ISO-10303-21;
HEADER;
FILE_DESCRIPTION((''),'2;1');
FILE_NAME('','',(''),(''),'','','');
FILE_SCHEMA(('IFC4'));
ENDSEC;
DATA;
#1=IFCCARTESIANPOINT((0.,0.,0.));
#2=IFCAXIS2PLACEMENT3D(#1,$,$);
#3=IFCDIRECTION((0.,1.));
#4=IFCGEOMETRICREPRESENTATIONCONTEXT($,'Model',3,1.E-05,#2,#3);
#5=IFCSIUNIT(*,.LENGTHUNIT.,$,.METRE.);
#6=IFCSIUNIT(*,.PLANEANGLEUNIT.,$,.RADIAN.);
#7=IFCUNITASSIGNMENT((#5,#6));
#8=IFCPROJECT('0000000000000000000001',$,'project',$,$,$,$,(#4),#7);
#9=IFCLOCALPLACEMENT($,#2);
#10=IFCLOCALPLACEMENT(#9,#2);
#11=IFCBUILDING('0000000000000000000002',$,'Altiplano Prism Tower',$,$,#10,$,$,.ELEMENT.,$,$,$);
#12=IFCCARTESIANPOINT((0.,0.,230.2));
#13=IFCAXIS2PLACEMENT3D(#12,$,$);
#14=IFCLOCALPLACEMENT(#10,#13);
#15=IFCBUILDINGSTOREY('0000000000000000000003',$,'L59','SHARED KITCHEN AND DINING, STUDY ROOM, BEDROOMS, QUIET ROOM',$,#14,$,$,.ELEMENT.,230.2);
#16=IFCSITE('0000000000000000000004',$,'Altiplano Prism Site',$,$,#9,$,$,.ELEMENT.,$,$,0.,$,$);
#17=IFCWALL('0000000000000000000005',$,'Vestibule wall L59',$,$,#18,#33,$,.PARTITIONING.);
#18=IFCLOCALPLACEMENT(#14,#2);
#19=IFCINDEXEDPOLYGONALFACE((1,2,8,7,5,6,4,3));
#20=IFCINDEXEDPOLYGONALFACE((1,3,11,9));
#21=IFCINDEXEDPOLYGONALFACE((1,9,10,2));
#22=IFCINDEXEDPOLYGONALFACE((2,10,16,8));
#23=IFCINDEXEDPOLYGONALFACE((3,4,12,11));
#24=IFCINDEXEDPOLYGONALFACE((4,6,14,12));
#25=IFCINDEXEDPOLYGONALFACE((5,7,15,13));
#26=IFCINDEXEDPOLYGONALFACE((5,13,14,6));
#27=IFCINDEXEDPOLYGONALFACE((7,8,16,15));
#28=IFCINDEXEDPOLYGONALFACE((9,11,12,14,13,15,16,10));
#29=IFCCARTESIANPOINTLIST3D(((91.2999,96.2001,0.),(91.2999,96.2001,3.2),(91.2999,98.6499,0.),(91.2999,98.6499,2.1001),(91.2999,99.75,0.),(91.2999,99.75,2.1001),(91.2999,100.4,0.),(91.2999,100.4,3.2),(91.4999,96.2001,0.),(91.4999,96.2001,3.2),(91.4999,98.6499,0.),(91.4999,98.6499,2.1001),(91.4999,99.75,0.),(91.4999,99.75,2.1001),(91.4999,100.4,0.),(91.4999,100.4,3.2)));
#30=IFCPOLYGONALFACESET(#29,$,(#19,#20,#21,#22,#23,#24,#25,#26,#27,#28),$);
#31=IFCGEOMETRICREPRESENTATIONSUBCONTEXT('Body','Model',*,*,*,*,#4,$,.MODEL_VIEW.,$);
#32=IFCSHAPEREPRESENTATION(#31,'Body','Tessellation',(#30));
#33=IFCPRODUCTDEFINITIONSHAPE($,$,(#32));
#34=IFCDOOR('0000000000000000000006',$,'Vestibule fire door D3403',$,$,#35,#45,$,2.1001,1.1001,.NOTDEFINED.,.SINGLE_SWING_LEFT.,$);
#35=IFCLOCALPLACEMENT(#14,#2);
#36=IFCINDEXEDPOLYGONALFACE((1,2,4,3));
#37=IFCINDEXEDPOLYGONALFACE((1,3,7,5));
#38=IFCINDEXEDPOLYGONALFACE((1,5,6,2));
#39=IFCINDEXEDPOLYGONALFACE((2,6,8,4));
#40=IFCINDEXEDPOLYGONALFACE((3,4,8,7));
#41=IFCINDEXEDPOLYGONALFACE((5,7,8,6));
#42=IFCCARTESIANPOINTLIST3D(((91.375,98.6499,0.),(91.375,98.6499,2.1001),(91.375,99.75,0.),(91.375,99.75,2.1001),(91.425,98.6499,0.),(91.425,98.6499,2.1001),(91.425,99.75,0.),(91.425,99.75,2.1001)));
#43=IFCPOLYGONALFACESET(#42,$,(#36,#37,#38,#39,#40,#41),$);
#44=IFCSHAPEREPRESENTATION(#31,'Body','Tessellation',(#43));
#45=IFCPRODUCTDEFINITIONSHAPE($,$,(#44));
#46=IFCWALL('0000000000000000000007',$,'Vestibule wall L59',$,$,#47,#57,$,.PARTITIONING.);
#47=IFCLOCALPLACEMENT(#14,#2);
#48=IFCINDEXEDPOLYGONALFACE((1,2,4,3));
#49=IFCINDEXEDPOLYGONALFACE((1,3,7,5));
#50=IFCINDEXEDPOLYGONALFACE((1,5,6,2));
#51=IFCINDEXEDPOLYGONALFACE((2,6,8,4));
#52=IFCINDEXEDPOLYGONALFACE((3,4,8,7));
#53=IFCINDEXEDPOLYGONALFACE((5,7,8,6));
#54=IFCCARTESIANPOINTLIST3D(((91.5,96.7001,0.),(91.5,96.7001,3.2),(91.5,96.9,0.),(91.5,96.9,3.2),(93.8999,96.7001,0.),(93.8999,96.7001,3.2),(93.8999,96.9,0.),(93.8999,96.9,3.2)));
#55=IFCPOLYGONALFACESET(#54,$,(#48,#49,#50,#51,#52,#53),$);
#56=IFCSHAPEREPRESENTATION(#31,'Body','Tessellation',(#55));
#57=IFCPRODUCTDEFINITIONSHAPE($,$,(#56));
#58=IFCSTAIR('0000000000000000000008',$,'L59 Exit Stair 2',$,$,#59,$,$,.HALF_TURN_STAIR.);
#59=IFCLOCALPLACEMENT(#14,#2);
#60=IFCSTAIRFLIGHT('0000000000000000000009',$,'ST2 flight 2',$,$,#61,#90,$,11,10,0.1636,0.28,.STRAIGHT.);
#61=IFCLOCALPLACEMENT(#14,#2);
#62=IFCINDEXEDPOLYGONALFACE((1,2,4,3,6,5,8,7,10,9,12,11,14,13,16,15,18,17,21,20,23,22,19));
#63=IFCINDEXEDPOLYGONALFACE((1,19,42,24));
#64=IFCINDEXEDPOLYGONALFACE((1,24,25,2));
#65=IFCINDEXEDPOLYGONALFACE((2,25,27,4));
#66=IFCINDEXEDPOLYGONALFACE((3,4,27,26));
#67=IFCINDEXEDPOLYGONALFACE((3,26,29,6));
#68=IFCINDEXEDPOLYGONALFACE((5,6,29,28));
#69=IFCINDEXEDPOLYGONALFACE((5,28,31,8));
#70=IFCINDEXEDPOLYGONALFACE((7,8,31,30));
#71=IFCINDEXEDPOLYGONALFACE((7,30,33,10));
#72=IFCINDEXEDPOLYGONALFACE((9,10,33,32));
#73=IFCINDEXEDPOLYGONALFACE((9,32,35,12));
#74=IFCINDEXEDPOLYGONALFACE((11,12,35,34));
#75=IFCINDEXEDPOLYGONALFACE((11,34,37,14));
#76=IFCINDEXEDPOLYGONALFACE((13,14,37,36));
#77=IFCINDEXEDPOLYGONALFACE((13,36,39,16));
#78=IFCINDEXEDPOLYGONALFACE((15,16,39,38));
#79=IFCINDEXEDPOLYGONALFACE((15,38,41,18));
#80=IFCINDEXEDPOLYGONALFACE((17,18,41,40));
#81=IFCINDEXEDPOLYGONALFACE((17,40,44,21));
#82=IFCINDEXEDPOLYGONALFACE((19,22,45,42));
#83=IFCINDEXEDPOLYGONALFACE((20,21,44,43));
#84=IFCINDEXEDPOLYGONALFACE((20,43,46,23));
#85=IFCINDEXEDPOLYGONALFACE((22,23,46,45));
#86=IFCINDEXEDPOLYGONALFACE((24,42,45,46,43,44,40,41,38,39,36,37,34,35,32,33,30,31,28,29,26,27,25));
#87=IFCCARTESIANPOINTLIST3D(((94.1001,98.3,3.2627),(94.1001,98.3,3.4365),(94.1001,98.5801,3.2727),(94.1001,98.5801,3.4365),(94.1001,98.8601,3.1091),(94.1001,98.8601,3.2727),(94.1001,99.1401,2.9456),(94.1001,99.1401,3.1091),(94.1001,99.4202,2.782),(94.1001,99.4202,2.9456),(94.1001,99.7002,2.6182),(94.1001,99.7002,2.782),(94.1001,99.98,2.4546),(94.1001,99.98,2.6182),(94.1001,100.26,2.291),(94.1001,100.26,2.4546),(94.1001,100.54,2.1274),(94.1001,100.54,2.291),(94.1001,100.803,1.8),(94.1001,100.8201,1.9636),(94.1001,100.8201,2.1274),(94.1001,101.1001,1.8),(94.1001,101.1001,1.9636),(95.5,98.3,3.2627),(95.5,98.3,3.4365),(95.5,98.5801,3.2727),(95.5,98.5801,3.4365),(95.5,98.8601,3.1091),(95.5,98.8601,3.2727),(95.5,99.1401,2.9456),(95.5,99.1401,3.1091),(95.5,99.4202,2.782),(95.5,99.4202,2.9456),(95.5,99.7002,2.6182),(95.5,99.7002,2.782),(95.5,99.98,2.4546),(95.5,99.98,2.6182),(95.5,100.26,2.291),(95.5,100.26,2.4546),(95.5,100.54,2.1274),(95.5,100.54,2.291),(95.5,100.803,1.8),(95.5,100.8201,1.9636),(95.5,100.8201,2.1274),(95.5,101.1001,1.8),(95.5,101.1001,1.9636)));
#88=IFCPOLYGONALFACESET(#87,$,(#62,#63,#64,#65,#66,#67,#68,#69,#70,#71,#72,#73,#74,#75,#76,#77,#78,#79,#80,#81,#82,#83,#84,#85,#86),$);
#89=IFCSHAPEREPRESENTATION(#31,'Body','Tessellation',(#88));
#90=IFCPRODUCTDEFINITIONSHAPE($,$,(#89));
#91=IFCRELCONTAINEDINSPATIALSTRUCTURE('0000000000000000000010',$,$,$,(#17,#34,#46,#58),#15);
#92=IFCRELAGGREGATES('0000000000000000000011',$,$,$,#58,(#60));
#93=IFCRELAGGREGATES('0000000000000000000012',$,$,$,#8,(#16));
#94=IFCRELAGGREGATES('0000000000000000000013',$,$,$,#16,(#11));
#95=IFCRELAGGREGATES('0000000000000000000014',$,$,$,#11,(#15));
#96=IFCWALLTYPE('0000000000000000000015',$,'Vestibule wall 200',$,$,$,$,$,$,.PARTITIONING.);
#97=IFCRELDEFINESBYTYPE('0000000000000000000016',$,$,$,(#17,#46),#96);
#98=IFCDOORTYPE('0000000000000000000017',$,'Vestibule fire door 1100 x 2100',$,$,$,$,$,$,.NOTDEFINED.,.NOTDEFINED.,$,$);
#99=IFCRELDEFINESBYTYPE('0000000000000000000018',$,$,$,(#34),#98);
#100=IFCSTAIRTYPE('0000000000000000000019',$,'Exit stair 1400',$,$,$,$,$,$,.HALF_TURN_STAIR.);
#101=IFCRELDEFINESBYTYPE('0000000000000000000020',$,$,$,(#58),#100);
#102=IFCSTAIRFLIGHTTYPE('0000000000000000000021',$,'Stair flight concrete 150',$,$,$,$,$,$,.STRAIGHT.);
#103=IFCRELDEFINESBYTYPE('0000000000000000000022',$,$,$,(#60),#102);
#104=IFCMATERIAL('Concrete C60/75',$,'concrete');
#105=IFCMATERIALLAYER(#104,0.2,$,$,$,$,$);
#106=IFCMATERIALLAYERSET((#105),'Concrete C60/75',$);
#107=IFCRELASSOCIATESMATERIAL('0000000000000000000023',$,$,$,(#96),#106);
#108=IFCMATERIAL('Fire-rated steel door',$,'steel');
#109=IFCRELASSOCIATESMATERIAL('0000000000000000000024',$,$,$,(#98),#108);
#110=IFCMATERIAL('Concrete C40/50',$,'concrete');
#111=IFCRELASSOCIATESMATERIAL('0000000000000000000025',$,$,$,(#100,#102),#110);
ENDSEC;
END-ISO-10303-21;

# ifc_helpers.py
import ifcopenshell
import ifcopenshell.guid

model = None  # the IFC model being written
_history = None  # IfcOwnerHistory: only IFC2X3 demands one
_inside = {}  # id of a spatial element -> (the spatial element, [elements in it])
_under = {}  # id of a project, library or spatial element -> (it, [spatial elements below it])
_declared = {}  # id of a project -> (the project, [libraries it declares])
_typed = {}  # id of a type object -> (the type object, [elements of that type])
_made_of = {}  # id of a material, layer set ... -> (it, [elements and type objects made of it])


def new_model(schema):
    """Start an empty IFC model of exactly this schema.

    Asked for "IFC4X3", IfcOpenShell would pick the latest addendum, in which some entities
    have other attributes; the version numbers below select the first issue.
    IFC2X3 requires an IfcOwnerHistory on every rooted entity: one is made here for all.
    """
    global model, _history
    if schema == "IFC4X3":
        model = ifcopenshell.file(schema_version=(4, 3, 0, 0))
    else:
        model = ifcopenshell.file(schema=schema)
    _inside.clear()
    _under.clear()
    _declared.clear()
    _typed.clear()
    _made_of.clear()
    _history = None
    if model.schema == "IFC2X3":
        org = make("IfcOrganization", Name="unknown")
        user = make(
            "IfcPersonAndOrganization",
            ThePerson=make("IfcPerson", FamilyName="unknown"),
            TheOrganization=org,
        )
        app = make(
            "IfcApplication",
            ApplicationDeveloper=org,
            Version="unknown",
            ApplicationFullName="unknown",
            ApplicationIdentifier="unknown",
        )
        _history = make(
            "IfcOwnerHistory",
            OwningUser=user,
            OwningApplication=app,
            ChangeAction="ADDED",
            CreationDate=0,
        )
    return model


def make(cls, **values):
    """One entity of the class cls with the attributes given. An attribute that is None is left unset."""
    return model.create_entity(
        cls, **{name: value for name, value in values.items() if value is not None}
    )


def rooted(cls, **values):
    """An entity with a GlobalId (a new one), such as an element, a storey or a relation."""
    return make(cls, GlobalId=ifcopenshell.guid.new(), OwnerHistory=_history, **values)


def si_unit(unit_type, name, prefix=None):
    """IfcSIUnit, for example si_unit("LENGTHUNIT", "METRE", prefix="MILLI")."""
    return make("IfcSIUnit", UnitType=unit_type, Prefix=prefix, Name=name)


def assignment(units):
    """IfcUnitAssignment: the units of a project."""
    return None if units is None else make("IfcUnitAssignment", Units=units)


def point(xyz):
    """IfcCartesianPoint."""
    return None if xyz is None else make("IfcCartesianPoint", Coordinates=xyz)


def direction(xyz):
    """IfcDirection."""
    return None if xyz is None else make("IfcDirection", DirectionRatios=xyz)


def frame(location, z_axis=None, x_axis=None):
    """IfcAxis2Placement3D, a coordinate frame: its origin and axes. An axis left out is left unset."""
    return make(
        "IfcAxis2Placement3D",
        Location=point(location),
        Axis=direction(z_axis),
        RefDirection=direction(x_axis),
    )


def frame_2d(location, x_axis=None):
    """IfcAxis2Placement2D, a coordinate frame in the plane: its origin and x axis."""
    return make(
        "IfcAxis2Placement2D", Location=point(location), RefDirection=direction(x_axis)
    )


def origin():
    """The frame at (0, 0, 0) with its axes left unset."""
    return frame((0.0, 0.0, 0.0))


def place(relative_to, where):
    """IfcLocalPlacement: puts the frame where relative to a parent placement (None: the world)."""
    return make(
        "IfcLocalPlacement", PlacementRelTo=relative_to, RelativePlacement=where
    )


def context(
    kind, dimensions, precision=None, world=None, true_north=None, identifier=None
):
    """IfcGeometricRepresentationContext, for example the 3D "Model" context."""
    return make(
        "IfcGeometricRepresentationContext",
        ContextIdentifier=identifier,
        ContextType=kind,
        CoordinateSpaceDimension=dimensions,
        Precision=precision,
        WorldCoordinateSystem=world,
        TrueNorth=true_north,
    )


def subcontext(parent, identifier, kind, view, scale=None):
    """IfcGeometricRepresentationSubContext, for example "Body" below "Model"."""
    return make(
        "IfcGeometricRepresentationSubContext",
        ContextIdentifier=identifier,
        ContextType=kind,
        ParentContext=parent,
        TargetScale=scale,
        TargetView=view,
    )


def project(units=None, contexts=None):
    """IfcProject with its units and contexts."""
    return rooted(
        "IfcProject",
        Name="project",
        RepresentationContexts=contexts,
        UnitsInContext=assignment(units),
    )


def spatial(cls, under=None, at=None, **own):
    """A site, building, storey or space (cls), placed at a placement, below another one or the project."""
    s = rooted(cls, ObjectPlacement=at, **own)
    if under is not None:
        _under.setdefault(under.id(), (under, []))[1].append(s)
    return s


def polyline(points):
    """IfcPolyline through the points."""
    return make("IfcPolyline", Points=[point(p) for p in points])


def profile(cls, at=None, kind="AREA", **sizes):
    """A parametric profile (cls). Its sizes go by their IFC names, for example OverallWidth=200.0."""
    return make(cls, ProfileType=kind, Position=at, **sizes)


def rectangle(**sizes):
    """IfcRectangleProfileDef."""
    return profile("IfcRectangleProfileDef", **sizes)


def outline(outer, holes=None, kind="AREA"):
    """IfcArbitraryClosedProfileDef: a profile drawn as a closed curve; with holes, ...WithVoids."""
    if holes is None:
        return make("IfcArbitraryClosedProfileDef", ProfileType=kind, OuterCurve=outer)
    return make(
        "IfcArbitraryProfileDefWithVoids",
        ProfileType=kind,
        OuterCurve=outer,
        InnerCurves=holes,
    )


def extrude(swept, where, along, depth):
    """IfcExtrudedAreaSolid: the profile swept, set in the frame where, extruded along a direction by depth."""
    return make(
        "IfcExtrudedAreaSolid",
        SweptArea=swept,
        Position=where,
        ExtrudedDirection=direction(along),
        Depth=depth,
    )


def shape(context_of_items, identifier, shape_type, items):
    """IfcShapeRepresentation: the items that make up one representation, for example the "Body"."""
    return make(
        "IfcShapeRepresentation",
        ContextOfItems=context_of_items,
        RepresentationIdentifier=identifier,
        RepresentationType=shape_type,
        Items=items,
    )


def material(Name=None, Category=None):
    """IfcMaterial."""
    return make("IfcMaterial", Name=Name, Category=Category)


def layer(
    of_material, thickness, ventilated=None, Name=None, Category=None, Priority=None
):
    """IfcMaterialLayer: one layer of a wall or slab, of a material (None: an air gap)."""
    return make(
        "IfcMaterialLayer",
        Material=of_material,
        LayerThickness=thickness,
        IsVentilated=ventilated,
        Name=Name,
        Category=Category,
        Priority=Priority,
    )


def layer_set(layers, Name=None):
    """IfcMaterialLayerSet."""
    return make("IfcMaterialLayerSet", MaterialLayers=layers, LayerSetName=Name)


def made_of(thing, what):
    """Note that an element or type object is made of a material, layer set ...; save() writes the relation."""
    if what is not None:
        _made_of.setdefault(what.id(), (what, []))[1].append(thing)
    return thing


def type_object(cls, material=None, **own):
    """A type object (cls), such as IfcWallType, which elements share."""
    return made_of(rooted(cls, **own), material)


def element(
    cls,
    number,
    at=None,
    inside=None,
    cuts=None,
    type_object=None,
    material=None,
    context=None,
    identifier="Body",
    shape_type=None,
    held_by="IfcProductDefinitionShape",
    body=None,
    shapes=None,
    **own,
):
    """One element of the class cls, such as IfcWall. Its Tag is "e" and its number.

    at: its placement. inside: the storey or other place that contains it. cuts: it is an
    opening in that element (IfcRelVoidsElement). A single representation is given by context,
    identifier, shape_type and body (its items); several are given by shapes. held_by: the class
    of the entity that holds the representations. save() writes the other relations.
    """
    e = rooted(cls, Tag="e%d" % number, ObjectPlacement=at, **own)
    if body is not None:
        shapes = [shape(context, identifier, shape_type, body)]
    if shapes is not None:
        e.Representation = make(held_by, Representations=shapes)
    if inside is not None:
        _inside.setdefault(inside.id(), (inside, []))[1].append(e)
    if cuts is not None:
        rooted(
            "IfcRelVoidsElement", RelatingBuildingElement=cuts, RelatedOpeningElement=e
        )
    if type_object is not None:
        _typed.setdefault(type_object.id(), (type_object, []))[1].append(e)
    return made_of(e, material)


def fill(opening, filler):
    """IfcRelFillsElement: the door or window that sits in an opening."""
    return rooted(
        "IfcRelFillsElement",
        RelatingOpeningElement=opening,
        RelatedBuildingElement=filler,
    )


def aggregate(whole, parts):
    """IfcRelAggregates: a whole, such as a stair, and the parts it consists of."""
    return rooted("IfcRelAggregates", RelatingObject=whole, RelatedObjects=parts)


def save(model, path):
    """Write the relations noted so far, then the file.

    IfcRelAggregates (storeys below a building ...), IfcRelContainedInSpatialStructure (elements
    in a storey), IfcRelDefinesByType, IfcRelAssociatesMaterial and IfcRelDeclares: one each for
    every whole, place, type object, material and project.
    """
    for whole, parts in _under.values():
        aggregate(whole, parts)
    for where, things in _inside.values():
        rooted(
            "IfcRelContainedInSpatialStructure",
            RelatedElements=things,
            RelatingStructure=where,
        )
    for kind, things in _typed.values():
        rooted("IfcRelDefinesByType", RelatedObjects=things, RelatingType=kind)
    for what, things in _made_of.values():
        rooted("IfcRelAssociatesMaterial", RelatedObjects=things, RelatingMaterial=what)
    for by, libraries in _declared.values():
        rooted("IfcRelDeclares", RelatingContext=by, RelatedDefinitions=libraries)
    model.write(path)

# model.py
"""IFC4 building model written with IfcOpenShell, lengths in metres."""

from ifc_helpers import new_model, si_unit, direction, frame, frame_2d, origin, place, context, subcontext, project, spatial, polyline, rectangle, outline, extrude, material, layer, layer_set, type_object, element, fill, aggregate, save


model = new_model("IFC4")

# Units and contexts
model_context = context("Model", 3, precision=1e-05, world=origin(), true_north=direction((0.0, 1.0)))
body_context = subcontext(model_context, "Body", "Model", "MODEL_VIEW")
ifc_project = project(units=[si_unit("LENGTHUNIT", "METRE"), si_unit("PLANEANGLEUNIT", "RADIAN")], contexts=[model_context])

# Site, building, storey
site_placement = place(None, origin())
site = spatial("IfcSite", under=ifc_project, at=site_placement, Name="Altiplano Prism Site", CompositionType="ELEMENT", RefElevation=0.0)
building_placement = place(site_placement, origin())
building = spatial("IfcBuilding", under=site, at=building_placement, Name="Altiplano Prism Tower", CompositionType="ELEMENT")
storey_placement = place(building_placement, frame((0.0, 0.0, 230.2)))
storey = spatial("IfcBuildingStorey", under=building, at=storey_placement, Name="L59", Description="SHARED KITCHEN AND DINING, STUDY ROOM, BEDROOMS, QUIET ROOM", CompositionType="ELEMENT", Elevation=230.2)

# Shared definitions
ifc_material_1 = material(Name="Concrete C60/75", Category="concrete")

# Shared definitions
ifc_material_2 = material(Name="Fire-rated steel door", Category="steel")

# Shared definitions
ifc_layer_1 = layer(ifc_material_1, 0.2)
ifc_layer_set_1 = layer_set([ifc_layer_1], Name="Concrete C60/75")
wall_type_1 = type_object("IfcWallType", Name="Vestibule wall 200", PredefinedType="PARTITIONING", material=ifc_layer_set_1)

# Wall, opening, door
wall_1_placement = place(storey_placement, frame((91.3999, 96.2, 0.0), z_axis=(0.0, 0.0, 1.0), x_axis=(0.0, 1.0, 0.0)))
wall_1 = element("IfcWall", 1, at=wall_1_placement, inside=storey, type_object=wall_type_1, Name="Vestibule wall L59", PredefinedType="PARTITIONING", context=body_context, shape_type="SweptSolid", body=[
    extrude(rectangle(XDim=4.2, YDim=0.2, at=frame_2d((2.1001, 0.0))), origin(), (0.0, 0.0, 1.0), 3.2),
])
opening_1_placement = place(wall_1_placement, frame((2.45, 0.0, 0.0)))
opening_1 = element("IfcOpeningElement", 2, at=opening_1_placement, cuts=wall_1, PredefinedType="OPENING", context=body_context, shape_type="SweptSolid", body=[
    extrude(rectangle(XDim=1.1001, YDim=2.1001, at=frame_2d((0.55, 1.05))), frame((0.0, 0.1104, 0.0), z_axis=(0.0, -1.0, 0.0), x_axis=(1.0, 0.0, 0.0)), (0.0, 0.0, 1.0), 0.2209),
])
door_type_1 = type_object("IfcDoorType", Name="Vestibule fire door 1100 x 2100", OperationType="NOTDEFINED", PredefinedType="NOTDEFINED", material=ifc_material_2)
door_1_placement = place(opening_1_placement, origin())
door_1 = element("IfcDoor", 3, at=door_1_placement, inside=storey, type_object=door_type_1, Name="Vestibule fire door D3403", OperationType="SINGLE_SWING_LEFT", OverallHeight=2.1001, OverallWidth=1.1001, PredefinedType="NOTDEFINED", context=body_context, shape_type="SweptSolid", body=[
    extrude(rectangle(XDim=1.1001, YDim=2.1001, at=frame_2d((0.55, 1.05))), frame((0.0, 0.0249, 0.0), z_axis=(0.0, -1.0, 0.0), x_axis=(1.0, 0.0, 0.0)), (0.0, 0.0, 1.0), 0.05),
])
fill(opening_1, door_1)

# Wall
wall_2_placement = place(storey_placement, frame((91.5, 96.8, 0.0), z_axis=(0.0, 0.0, 1.0), x_axis=(1.0, 0.0, 0.0)))
element("IfcWall", 4, at=wall_2_placement, inside=storey, type_object=wall_type_1, Name="Vestibule wall L59", PredefinedType="PARTITIONING", context=body_context, shape_type="SweptSolid", body=[
    extrude(rectangle(XDim=2.3999, YDim=0.2, at=frame_2d((1.2, 0.0))), origin(), (0.0, 0.0, 1.0), 3.2),
])

# Stair, stair flight
ifc_material_3 = material(Name="Concrete C40/50", Category="concrete")
stair_type = type_object("IfcStairType", Name="Exit stair 1400", PredefinedType="HALF_TURN_STAIR", material=ifc_material_3)
stair_placement = place(storey_placement, origin())
stair = element("IfcStair", 5, at=stair_placement, inside=storey, type_object=stair_type, Name="L59 Exit Stair 2", PredefinedType="HALF_TURN_STAIR")
stair_flight_type = type_object("IfcStairFlightType", Name="Stair flight concrete 150", PredefinedType="STRAIGHT", material=ifc_material_3)
stair_flight_placement = place(storey_placement, frame((94.8, 101.1001, 1.8), z_axis=(0.0, 0.0, 1.0), x_axis=(0.0, -1.0, 0.0)))
stair_flight = element("IfcStairFlight", 6, at=stair_flight_placement, type_object=stair_flight_type, Name="ST2 flight 2", NumberOfRisers=11, NumberOfTreads=10, PredefinedType="STRAIGHT", RiserHeight=0.1636, TreadLength=0.28, context=body_context, shape_type="SweptSolid", body=[
    extrude(outline(polyline([(0.0, 0.0), (0.0, 0.1636), (0.28, 0.1636), (0.28, 0.3274), (0.5601, 0.3274), (0.5601, 0.491), (0.8401, 0.491), (0.8401, 0.6545), (1.1201, 0.6545), (1.1201, 0.8181), (1.3999, 0.8181), (1.3999, 0.9819), (1.6799, 0.9819), (1.6799, 1.1455), (1.96, 1.1455), (1.96, 1.3091), (2.24, 1.3091), (2.24, 1.4727), (2.52, 1.4727), (2.52, 1.6365), (2.8, 1.6365), (2.8, 1.8), (2.8, 1.4626), (0.2971, 0.0), (0.0, 0.0)])), frame((0.0, 0.7, 0.0), z_axis=(0.0, -1.0, 0.0), x_axis=(1.0, 0.0, 0.0)), (0.0, 0.0, 1.0), 1.3999),
])
aggregate(stair, [stair_flight])

save(model, "model.ifc")
